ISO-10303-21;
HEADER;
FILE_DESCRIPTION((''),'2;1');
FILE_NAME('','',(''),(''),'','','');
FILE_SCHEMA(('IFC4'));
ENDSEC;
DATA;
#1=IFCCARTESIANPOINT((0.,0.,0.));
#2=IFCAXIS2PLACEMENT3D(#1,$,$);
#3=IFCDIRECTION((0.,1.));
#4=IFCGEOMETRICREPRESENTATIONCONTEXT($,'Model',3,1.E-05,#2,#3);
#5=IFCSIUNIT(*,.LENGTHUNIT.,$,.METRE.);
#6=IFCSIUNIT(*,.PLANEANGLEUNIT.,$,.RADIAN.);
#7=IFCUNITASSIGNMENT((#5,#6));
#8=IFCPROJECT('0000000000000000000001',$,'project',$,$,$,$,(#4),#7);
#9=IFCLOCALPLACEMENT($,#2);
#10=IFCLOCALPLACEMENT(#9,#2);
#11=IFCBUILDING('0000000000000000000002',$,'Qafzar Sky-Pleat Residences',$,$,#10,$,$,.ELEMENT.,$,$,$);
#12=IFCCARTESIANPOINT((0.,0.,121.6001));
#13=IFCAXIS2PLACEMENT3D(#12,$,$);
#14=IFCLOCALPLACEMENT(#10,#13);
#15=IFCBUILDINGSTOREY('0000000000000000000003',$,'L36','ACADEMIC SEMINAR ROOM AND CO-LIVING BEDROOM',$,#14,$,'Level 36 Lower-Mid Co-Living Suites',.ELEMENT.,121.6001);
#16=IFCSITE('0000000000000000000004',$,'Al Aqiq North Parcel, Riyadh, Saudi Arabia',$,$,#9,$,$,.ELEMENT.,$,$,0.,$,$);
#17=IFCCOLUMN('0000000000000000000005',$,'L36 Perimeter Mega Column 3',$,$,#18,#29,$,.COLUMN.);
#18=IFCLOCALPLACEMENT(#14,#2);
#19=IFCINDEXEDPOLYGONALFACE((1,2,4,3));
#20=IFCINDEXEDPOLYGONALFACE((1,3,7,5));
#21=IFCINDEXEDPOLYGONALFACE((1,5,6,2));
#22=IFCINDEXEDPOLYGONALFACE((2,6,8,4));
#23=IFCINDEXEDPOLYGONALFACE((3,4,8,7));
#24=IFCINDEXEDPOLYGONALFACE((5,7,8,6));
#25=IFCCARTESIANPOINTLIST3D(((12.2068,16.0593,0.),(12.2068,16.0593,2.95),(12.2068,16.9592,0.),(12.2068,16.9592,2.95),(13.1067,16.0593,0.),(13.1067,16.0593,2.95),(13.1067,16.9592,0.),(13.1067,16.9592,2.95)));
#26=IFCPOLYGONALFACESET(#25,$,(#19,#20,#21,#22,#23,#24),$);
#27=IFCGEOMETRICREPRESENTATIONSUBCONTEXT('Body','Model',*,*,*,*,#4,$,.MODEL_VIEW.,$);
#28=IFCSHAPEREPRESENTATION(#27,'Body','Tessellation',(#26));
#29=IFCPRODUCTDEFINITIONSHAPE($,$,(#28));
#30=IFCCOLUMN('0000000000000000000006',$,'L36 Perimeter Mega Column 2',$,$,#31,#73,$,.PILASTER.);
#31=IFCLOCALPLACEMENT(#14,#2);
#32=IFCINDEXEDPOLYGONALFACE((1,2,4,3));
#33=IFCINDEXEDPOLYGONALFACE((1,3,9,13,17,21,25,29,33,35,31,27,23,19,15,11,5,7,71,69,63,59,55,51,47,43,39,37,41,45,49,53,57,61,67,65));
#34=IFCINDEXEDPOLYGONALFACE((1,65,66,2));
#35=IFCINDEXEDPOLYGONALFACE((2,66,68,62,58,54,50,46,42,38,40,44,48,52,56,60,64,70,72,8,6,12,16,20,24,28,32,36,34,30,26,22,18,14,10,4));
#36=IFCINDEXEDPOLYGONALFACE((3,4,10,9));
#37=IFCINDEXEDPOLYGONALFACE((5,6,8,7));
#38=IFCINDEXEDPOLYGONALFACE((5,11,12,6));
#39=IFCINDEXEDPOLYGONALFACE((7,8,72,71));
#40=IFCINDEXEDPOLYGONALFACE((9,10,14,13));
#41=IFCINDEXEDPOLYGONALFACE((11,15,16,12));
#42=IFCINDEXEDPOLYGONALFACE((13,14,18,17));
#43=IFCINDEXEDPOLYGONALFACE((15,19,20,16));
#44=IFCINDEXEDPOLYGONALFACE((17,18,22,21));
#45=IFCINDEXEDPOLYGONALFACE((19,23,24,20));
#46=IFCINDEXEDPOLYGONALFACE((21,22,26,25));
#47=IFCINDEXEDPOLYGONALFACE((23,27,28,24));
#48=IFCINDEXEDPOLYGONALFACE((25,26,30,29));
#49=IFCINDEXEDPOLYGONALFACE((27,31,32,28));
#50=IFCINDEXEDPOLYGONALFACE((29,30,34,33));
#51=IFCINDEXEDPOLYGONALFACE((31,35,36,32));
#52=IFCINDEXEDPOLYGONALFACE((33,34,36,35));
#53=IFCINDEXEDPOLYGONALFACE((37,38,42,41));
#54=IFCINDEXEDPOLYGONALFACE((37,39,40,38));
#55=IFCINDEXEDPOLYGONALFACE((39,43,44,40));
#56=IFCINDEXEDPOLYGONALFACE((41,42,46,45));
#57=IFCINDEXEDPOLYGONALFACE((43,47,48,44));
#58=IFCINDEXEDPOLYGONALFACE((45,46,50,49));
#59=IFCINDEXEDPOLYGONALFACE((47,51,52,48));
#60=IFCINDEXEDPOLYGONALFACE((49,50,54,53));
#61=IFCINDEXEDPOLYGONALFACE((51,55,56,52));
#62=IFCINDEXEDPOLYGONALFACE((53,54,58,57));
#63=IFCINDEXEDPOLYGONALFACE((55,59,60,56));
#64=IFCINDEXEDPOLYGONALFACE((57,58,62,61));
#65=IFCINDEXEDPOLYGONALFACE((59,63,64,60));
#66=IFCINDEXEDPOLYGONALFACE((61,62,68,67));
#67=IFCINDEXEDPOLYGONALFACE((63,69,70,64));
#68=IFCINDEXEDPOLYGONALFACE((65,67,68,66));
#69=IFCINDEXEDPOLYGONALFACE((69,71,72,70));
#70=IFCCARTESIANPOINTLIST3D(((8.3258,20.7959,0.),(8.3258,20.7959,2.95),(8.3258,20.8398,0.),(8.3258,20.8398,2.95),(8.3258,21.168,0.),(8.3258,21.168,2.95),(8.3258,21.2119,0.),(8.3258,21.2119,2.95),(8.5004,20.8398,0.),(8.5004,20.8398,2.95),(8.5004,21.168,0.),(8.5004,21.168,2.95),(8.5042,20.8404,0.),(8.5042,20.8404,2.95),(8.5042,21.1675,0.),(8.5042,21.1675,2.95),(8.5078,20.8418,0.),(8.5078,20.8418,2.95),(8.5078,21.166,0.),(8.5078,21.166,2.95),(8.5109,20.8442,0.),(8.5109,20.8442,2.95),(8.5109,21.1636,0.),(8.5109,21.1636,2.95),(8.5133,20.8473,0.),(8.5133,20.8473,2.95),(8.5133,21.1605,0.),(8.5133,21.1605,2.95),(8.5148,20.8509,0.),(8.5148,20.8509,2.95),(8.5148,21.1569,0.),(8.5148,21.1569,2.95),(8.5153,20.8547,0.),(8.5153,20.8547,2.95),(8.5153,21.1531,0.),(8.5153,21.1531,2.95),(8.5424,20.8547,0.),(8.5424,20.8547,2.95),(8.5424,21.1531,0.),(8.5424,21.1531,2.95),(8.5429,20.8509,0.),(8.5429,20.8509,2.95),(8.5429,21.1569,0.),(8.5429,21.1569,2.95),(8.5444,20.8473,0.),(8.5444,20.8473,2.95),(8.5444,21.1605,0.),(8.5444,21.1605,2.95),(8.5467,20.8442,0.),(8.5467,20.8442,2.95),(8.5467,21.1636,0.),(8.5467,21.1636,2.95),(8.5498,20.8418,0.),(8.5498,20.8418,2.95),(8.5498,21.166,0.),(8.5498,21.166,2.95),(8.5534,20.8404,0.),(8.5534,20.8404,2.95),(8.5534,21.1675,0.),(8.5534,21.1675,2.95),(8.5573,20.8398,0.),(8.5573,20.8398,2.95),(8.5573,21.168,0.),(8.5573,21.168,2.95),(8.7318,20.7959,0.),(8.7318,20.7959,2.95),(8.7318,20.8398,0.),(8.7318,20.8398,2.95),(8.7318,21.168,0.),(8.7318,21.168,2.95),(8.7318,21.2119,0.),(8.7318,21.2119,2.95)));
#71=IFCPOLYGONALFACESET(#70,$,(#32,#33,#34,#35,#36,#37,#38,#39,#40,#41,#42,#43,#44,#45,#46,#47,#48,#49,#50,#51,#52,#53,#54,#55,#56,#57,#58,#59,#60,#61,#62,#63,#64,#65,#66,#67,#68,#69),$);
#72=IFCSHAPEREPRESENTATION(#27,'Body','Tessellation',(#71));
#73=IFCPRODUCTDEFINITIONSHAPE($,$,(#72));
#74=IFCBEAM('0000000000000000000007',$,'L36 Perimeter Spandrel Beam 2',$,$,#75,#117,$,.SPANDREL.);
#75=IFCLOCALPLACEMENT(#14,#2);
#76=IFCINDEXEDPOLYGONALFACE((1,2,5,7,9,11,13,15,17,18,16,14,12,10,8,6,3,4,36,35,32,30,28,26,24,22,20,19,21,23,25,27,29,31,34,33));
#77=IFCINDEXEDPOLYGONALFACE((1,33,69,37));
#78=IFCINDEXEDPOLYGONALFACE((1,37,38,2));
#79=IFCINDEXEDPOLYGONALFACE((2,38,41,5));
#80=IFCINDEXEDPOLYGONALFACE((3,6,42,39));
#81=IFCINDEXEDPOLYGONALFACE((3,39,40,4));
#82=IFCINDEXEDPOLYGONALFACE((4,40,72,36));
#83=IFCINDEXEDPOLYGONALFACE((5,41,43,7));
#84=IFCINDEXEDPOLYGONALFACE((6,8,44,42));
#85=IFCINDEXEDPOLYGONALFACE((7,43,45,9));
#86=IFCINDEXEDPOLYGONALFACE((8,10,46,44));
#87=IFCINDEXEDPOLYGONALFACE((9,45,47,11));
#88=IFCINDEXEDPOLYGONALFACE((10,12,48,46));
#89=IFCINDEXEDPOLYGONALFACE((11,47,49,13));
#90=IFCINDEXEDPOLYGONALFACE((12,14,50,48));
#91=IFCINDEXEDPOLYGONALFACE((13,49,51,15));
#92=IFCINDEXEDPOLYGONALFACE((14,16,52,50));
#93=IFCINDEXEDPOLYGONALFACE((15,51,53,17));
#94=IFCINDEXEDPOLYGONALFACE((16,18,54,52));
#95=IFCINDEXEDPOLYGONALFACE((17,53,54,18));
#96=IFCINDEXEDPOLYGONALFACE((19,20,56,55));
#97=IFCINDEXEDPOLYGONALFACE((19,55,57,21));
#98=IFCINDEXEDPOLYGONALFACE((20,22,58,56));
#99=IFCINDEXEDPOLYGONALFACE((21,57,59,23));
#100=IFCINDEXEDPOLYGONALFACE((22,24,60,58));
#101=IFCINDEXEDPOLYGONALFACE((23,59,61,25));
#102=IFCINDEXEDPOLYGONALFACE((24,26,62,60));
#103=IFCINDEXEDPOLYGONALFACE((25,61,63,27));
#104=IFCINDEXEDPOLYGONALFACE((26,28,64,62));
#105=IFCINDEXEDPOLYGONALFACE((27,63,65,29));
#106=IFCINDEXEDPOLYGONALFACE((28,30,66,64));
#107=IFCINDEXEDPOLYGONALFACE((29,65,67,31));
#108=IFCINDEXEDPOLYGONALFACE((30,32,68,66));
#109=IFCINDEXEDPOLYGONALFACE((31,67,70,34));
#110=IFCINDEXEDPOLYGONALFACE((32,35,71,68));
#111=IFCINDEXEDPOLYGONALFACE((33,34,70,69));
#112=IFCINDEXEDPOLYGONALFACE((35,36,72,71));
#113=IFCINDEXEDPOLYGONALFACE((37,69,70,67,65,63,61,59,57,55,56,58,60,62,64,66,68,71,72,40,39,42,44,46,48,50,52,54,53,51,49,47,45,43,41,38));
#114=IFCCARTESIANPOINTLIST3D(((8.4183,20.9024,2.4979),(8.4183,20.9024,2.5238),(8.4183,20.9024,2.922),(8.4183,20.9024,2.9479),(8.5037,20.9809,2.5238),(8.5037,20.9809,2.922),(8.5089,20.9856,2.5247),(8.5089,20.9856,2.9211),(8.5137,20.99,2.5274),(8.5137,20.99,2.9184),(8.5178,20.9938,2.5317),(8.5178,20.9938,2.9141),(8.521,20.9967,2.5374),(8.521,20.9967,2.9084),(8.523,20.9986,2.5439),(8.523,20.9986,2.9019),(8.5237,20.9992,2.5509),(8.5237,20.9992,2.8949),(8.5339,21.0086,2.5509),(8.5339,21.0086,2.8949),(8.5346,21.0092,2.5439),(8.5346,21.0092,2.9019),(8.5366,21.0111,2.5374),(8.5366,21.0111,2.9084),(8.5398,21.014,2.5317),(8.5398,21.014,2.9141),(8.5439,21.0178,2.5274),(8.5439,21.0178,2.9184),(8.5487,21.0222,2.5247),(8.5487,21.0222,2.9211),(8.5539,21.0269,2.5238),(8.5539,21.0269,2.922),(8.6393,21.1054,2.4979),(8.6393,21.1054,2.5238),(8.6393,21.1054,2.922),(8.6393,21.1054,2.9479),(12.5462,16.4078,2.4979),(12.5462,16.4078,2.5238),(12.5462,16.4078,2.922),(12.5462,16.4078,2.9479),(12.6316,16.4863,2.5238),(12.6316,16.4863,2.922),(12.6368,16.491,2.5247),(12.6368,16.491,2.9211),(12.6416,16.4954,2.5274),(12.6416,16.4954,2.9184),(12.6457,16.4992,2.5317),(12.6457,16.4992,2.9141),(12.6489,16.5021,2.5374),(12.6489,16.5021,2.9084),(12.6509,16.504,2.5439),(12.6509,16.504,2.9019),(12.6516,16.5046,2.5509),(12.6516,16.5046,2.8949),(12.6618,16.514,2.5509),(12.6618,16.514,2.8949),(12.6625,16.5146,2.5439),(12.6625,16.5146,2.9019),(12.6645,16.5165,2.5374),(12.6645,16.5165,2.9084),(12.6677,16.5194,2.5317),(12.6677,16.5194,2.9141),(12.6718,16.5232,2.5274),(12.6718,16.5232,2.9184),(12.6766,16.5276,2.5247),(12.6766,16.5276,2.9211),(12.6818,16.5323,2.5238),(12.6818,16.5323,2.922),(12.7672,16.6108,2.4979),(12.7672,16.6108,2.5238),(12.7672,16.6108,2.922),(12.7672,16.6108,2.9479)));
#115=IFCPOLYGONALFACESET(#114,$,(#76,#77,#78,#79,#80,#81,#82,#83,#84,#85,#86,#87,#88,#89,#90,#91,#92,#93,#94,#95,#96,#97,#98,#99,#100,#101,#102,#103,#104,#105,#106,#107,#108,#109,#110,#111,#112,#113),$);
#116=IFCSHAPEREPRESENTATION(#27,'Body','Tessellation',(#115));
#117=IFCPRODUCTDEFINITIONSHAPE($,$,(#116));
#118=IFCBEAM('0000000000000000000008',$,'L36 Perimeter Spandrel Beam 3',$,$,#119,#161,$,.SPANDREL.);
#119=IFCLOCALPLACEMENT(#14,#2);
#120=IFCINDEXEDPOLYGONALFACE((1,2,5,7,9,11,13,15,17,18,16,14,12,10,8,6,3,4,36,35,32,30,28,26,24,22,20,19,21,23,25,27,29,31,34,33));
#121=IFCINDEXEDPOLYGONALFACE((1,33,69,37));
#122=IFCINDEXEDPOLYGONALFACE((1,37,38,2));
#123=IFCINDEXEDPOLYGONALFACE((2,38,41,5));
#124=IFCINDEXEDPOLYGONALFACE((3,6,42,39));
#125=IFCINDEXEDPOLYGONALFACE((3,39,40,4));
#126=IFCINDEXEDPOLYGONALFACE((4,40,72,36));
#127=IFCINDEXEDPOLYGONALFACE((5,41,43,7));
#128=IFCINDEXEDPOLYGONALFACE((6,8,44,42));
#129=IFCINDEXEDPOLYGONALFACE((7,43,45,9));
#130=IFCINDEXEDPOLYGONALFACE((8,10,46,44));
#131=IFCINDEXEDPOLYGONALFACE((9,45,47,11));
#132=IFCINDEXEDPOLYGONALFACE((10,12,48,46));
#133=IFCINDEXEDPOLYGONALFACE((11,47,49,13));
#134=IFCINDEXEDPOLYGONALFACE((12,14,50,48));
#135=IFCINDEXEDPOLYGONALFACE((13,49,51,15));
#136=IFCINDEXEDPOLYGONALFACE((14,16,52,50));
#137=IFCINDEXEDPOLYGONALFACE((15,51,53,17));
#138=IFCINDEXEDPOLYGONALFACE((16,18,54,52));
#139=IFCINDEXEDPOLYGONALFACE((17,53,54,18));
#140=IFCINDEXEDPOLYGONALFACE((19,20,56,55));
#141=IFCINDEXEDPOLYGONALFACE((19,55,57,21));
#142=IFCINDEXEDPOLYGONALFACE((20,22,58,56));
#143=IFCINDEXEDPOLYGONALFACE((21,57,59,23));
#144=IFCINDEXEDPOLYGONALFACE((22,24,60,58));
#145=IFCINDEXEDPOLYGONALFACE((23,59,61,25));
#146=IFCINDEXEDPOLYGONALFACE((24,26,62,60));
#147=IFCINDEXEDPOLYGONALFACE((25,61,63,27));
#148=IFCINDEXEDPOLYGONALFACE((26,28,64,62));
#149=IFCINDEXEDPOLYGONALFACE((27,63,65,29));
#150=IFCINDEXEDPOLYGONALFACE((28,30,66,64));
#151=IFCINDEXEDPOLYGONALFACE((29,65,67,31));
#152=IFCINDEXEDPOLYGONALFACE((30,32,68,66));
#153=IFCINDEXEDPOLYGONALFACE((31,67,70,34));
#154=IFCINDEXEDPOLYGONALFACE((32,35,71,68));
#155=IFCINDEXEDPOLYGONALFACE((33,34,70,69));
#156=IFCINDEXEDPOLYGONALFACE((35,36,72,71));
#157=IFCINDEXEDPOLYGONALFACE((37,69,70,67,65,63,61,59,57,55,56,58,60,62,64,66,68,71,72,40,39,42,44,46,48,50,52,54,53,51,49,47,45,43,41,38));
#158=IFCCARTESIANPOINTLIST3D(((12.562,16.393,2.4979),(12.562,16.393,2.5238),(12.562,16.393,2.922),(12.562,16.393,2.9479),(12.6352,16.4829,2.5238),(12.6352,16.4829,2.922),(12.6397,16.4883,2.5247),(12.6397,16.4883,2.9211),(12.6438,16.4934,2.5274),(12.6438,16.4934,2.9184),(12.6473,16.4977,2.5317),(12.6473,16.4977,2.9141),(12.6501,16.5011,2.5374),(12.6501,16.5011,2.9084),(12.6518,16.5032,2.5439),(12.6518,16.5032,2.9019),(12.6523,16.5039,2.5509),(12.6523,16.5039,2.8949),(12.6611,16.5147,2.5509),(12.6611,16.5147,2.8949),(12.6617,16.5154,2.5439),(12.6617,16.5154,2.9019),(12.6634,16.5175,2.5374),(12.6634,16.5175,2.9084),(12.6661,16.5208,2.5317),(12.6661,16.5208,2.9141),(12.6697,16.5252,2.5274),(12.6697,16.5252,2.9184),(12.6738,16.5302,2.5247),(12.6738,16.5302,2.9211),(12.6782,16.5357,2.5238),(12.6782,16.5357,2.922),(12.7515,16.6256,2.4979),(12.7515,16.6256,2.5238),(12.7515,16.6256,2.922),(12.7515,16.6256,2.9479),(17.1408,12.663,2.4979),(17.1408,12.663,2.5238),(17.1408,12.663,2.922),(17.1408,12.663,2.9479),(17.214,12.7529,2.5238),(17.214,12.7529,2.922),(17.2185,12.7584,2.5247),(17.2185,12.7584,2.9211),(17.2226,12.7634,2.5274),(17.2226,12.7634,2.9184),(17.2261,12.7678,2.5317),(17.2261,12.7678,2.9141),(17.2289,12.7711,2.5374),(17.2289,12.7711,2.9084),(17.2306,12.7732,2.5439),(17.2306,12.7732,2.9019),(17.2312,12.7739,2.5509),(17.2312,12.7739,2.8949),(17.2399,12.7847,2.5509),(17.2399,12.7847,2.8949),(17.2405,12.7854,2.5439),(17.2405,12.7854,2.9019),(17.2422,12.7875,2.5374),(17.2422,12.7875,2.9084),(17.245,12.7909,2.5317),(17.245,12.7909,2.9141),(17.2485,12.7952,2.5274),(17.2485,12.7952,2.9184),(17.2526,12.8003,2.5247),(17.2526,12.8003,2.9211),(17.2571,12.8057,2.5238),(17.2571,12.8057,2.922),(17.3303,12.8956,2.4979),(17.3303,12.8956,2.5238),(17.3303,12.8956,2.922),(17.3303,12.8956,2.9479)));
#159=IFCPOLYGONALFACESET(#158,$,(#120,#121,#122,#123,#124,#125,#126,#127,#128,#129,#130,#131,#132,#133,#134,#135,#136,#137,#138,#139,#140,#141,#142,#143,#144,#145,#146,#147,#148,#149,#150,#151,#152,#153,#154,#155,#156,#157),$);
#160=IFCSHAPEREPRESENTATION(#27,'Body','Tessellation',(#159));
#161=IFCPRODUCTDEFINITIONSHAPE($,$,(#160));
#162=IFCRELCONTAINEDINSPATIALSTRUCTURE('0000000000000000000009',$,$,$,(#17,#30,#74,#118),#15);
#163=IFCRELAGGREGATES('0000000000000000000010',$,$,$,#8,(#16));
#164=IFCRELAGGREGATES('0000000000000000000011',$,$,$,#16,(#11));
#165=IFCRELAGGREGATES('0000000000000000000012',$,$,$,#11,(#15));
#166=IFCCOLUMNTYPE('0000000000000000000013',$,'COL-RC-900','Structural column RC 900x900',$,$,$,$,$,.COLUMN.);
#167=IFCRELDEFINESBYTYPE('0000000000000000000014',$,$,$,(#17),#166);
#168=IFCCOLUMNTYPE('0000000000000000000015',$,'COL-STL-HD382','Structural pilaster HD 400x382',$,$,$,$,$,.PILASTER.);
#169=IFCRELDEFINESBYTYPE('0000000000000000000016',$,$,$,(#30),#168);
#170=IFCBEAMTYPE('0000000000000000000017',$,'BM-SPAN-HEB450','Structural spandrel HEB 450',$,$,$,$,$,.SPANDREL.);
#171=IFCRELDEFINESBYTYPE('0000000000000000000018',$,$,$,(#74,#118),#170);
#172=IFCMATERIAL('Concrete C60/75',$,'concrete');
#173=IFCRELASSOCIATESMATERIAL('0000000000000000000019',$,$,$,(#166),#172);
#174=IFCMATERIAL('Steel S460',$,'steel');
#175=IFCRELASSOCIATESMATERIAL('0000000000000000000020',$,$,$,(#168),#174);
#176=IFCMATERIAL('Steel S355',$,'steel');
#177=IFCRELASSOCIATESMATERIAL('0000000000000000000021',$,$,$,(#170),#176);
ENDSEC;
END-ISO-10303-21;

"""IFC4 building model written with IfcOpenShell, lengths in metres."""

from ifc_helpers import new_model, si_unit, direction, frame, origin, origin_2d, place, context, subcontext, project, spatial, rectangle, i_section, extrude, source, transform, mapped, material, material_profile, profile_set, type_object, element, save


model = new_model("IFC4")

# Units and contexts
model_context = context("Model", 3, precision=1e-05, world=origin(), true_north=direction((0.0, 1.0)))
body_context = subcontext(model_context, "Body", "Model", "MODEL_VIEW")
ifc_project = project(units=[si_unit("LENGTHUNIT", "METRE"), si_unit("PLANEANGLEUNIT", "RADIAN")], contexts=[model_context])

# Site, building, storey
site_placement = place(None, origin())
site = spatial("IfcSite", under=ifc_project, at=site_placement, Name="Al Aqiq North Parcel, Riyadh, Saudi Arabia", CompositionType="ELEMENT", RefElevation=0.0)
building_placement = place(site_placement, origin())
building = spatial("IfcBuilding", under=site, at=building_placement, Name="Qafzar Sky-Pleat Residences", CompositionType="ELEMENT")
storey_placement = place(building_placement, frame((0.0, 0.0, 121.6001)))
storey = spatial("IfcBuildingStorey", under=building, at=storey_placement, Name="L36", Description="ACADEMIC SEMINAR ROOM AND CO-LIVING BEDROOM", LongName="Level 36 Lower-Mid Co-Living Suites", CompositionType="ELEMENT", Elevation=121.6001)

# Columns
ifc_material_1 = material(Name="Concrete C60/75", Category="concrete")
ifc_material_profile_1 = material_profile(ifc_material_1, rectangle(XDim=0.8999, YDim=0.8999, at=origin_2d()), Name="RC 900x900")
ifc_profile_set_1 = profile_set([ifc_material_profile_1], Name="Concrete C60/75")
column_type_1 = type_object("IfcColumnType", Name="COL-RC-900", Description="Structural column RC 900x900", PredefinedType="COLUMN", material=ifc_profile_set_1)
shared_shape_1 = source(origin(), body_context, "Body", "SweptSolid", [
    extrude(rectangle(XDim=0.8999, YDim=0.8999, at=origin_2d()), origin(), (0.0, 0.0, 1.0), 2.95),
])
column_1_placement = place(storey_placement, frame((12.6567, 16.5093, 0.0), z_axis=(0.0, 0.0, 1.0), x_axis=(1.0, 0.0, 0.0)))
element("IfcColumn", 1, at=column_1_placement, inside=storey, type_object=column_type_1, Name="L36 Perimeter Mega Column 3", PredefinedType="COLUMN", context=body_context, shape_type="MappedRepresentation", body=[
    mapped(shared_shape_1, transform((0.0, 0.0, 0.0), x_axis=(1.0, 0.0, 0.0), y_axis=(0.0, 1.0, 0.0), z_axis=(0.0, 0.0, 1.0), scale=1.0)),
])
ifc_material_2 = material(Name="Steel S460", Category="steel")
ifc_material_profile_2 = material_profile(ifc_material_2, i_section(OverallWidth=0.406, OverallDepth=0.416, WebThickness=0.0271, FlangeThickness=0.0439, FilletRadius=0.0149, at=origin_2d()), Name="HD 400x382")
ifc_profile_set_2 = profile_set([ifc_material_profile_2], Name="Steel S460")
column_type_2 = type_object("IfcColumnType", Name="COL-STL-HD382", Description="Structural pilaster HD 400x382", PredefinedType="PILASTER", material=ifc_profile_set_2)
shared_shape_2 = source(origin(), body_context, "Body", "SweptSolid", [
    extrude(i_section(OverallWidth=0.406, OverallDepth=0.416, WebThickness=0.0271, FlangeThickness=0.0439, FilletRadius=0.0149, at=origin_2d()), origin(), (0.0, 0.0, 1.0), 2.95),
])
column_2_placement = place(storey_placement, frame((8.5288, 21.0039, 0.0), z_axis=(0.0, 0.0, 1.0), x_axis=(1.0, 0.0, 0.0)))
element("IfcColumn", 2, at=column_2_placement, inside=storey, type_object=column_type_2, Name="L36 Perimeter Mega Column 2", PredefinedType="PILASTER", context=body_context, shape_type="MappedRepresentation", body=[
    mapped(shared_shape_2, transform((0.0, 0.0, 0.0), x_axis=(1.0, 0.0, 0.0), y_axis=(0.0, 1.0, 0.0), z_axis=(0.0, 0.0, 1.0), scale=1.0)),
])

# Beams
ifc_material_3 = material(Name="Steel S355", Category="steel")
ifc_material_profile_3 = material_profile(ifc_material_3, i_section(OverallWidth=0.3, OverallDepth=0.45, WebThickness=0.0139, FlangeThickness=0.0259, FilletRadius=0.0271, at=origin_2d()), Name="HEB 450")
ifc_profile_set_3 = profile_set([ifc_material_profile_3], Name="Steel S355")
beam_type_1 = type_object("IfcBeamType", Name="BM-SPAN-HEB450", Description="Structural spandrel HEB 450", PredefinedType="SPANDREL", material=ifc_profile_set_3)
shared_shape_3 = source(origin(), body_context, "Body", "SweptSolid", [
    extrude(i_section(OverallWidth=0.3, OverallDepth=0.45, WebThickness=0.0139, FlangeThickness=0.0259, FilletRadius=0.0271, at=origin_2d()), origin(), (0.0, 0.0, 1.0), 6.1025),
])
beam_1_placement = place(storey_placement, frame((8.5288, 21.0039, 2.7229), z_axis=(0.676424, -0.736513, 0.0), x_axis=(0.736513, 0.676424, 0.0)))
element("IfcBeam", 3, at=beam_1_placement, inside=storey, type_object=beam_type_1, Name="L36 Perimeter Spandrel Beam 2", PredefinedType="SPANDREL", context=body_context, shape_type="MappedRepresentation", body=[
    mapped(shared_shape_3, transform((0.0, 0.0, 0.0), x_axis=(1.0, 0.0, 0.0), y_axis=(0.0, 1.0, 0.0), z_axis=(0.0, 0.0, 1.0), scale=1.0)),
])
shared_shape_4 = source(origin(), body_context, "Body", "SweptSolid", [
    extrude(i_section(OverallWidth=0.3, OverallDepth=0.45, WebThickness=0.0139, FlangeThickness=0.0259, FilletRadius=0.0271, at=origin_2d()), origin(), (0.0, 0.0, 1.0), 5.9058),
])
beam_2_placement = place(storey_placement, frame((12.6567, 16.5093, 2.7229), z_axis=(0.775313, -0.631577, 0.0), x_axis=(0.631577, 0.775313, 0.0)))
element("IfcBeam", 4, at=beam_2_placement, inside=storey, type_object=beam_type_1, Name="L36 Perimeter Spandrel Beam 3", PredefinedType="SPANDREL", context=body_context, shape_type="MappedRepresentation", body=[
    mapped(shared_shape_4, transform((0.0, 0.0, 0.0), x_axis=(1.0, 0.0, 0.0), y_axis=(0.0, 1.0, 0.0), z_axis=(0.0, 0.0, 1.0), scale=1.0)),
])

save(model, "model.ifc")
